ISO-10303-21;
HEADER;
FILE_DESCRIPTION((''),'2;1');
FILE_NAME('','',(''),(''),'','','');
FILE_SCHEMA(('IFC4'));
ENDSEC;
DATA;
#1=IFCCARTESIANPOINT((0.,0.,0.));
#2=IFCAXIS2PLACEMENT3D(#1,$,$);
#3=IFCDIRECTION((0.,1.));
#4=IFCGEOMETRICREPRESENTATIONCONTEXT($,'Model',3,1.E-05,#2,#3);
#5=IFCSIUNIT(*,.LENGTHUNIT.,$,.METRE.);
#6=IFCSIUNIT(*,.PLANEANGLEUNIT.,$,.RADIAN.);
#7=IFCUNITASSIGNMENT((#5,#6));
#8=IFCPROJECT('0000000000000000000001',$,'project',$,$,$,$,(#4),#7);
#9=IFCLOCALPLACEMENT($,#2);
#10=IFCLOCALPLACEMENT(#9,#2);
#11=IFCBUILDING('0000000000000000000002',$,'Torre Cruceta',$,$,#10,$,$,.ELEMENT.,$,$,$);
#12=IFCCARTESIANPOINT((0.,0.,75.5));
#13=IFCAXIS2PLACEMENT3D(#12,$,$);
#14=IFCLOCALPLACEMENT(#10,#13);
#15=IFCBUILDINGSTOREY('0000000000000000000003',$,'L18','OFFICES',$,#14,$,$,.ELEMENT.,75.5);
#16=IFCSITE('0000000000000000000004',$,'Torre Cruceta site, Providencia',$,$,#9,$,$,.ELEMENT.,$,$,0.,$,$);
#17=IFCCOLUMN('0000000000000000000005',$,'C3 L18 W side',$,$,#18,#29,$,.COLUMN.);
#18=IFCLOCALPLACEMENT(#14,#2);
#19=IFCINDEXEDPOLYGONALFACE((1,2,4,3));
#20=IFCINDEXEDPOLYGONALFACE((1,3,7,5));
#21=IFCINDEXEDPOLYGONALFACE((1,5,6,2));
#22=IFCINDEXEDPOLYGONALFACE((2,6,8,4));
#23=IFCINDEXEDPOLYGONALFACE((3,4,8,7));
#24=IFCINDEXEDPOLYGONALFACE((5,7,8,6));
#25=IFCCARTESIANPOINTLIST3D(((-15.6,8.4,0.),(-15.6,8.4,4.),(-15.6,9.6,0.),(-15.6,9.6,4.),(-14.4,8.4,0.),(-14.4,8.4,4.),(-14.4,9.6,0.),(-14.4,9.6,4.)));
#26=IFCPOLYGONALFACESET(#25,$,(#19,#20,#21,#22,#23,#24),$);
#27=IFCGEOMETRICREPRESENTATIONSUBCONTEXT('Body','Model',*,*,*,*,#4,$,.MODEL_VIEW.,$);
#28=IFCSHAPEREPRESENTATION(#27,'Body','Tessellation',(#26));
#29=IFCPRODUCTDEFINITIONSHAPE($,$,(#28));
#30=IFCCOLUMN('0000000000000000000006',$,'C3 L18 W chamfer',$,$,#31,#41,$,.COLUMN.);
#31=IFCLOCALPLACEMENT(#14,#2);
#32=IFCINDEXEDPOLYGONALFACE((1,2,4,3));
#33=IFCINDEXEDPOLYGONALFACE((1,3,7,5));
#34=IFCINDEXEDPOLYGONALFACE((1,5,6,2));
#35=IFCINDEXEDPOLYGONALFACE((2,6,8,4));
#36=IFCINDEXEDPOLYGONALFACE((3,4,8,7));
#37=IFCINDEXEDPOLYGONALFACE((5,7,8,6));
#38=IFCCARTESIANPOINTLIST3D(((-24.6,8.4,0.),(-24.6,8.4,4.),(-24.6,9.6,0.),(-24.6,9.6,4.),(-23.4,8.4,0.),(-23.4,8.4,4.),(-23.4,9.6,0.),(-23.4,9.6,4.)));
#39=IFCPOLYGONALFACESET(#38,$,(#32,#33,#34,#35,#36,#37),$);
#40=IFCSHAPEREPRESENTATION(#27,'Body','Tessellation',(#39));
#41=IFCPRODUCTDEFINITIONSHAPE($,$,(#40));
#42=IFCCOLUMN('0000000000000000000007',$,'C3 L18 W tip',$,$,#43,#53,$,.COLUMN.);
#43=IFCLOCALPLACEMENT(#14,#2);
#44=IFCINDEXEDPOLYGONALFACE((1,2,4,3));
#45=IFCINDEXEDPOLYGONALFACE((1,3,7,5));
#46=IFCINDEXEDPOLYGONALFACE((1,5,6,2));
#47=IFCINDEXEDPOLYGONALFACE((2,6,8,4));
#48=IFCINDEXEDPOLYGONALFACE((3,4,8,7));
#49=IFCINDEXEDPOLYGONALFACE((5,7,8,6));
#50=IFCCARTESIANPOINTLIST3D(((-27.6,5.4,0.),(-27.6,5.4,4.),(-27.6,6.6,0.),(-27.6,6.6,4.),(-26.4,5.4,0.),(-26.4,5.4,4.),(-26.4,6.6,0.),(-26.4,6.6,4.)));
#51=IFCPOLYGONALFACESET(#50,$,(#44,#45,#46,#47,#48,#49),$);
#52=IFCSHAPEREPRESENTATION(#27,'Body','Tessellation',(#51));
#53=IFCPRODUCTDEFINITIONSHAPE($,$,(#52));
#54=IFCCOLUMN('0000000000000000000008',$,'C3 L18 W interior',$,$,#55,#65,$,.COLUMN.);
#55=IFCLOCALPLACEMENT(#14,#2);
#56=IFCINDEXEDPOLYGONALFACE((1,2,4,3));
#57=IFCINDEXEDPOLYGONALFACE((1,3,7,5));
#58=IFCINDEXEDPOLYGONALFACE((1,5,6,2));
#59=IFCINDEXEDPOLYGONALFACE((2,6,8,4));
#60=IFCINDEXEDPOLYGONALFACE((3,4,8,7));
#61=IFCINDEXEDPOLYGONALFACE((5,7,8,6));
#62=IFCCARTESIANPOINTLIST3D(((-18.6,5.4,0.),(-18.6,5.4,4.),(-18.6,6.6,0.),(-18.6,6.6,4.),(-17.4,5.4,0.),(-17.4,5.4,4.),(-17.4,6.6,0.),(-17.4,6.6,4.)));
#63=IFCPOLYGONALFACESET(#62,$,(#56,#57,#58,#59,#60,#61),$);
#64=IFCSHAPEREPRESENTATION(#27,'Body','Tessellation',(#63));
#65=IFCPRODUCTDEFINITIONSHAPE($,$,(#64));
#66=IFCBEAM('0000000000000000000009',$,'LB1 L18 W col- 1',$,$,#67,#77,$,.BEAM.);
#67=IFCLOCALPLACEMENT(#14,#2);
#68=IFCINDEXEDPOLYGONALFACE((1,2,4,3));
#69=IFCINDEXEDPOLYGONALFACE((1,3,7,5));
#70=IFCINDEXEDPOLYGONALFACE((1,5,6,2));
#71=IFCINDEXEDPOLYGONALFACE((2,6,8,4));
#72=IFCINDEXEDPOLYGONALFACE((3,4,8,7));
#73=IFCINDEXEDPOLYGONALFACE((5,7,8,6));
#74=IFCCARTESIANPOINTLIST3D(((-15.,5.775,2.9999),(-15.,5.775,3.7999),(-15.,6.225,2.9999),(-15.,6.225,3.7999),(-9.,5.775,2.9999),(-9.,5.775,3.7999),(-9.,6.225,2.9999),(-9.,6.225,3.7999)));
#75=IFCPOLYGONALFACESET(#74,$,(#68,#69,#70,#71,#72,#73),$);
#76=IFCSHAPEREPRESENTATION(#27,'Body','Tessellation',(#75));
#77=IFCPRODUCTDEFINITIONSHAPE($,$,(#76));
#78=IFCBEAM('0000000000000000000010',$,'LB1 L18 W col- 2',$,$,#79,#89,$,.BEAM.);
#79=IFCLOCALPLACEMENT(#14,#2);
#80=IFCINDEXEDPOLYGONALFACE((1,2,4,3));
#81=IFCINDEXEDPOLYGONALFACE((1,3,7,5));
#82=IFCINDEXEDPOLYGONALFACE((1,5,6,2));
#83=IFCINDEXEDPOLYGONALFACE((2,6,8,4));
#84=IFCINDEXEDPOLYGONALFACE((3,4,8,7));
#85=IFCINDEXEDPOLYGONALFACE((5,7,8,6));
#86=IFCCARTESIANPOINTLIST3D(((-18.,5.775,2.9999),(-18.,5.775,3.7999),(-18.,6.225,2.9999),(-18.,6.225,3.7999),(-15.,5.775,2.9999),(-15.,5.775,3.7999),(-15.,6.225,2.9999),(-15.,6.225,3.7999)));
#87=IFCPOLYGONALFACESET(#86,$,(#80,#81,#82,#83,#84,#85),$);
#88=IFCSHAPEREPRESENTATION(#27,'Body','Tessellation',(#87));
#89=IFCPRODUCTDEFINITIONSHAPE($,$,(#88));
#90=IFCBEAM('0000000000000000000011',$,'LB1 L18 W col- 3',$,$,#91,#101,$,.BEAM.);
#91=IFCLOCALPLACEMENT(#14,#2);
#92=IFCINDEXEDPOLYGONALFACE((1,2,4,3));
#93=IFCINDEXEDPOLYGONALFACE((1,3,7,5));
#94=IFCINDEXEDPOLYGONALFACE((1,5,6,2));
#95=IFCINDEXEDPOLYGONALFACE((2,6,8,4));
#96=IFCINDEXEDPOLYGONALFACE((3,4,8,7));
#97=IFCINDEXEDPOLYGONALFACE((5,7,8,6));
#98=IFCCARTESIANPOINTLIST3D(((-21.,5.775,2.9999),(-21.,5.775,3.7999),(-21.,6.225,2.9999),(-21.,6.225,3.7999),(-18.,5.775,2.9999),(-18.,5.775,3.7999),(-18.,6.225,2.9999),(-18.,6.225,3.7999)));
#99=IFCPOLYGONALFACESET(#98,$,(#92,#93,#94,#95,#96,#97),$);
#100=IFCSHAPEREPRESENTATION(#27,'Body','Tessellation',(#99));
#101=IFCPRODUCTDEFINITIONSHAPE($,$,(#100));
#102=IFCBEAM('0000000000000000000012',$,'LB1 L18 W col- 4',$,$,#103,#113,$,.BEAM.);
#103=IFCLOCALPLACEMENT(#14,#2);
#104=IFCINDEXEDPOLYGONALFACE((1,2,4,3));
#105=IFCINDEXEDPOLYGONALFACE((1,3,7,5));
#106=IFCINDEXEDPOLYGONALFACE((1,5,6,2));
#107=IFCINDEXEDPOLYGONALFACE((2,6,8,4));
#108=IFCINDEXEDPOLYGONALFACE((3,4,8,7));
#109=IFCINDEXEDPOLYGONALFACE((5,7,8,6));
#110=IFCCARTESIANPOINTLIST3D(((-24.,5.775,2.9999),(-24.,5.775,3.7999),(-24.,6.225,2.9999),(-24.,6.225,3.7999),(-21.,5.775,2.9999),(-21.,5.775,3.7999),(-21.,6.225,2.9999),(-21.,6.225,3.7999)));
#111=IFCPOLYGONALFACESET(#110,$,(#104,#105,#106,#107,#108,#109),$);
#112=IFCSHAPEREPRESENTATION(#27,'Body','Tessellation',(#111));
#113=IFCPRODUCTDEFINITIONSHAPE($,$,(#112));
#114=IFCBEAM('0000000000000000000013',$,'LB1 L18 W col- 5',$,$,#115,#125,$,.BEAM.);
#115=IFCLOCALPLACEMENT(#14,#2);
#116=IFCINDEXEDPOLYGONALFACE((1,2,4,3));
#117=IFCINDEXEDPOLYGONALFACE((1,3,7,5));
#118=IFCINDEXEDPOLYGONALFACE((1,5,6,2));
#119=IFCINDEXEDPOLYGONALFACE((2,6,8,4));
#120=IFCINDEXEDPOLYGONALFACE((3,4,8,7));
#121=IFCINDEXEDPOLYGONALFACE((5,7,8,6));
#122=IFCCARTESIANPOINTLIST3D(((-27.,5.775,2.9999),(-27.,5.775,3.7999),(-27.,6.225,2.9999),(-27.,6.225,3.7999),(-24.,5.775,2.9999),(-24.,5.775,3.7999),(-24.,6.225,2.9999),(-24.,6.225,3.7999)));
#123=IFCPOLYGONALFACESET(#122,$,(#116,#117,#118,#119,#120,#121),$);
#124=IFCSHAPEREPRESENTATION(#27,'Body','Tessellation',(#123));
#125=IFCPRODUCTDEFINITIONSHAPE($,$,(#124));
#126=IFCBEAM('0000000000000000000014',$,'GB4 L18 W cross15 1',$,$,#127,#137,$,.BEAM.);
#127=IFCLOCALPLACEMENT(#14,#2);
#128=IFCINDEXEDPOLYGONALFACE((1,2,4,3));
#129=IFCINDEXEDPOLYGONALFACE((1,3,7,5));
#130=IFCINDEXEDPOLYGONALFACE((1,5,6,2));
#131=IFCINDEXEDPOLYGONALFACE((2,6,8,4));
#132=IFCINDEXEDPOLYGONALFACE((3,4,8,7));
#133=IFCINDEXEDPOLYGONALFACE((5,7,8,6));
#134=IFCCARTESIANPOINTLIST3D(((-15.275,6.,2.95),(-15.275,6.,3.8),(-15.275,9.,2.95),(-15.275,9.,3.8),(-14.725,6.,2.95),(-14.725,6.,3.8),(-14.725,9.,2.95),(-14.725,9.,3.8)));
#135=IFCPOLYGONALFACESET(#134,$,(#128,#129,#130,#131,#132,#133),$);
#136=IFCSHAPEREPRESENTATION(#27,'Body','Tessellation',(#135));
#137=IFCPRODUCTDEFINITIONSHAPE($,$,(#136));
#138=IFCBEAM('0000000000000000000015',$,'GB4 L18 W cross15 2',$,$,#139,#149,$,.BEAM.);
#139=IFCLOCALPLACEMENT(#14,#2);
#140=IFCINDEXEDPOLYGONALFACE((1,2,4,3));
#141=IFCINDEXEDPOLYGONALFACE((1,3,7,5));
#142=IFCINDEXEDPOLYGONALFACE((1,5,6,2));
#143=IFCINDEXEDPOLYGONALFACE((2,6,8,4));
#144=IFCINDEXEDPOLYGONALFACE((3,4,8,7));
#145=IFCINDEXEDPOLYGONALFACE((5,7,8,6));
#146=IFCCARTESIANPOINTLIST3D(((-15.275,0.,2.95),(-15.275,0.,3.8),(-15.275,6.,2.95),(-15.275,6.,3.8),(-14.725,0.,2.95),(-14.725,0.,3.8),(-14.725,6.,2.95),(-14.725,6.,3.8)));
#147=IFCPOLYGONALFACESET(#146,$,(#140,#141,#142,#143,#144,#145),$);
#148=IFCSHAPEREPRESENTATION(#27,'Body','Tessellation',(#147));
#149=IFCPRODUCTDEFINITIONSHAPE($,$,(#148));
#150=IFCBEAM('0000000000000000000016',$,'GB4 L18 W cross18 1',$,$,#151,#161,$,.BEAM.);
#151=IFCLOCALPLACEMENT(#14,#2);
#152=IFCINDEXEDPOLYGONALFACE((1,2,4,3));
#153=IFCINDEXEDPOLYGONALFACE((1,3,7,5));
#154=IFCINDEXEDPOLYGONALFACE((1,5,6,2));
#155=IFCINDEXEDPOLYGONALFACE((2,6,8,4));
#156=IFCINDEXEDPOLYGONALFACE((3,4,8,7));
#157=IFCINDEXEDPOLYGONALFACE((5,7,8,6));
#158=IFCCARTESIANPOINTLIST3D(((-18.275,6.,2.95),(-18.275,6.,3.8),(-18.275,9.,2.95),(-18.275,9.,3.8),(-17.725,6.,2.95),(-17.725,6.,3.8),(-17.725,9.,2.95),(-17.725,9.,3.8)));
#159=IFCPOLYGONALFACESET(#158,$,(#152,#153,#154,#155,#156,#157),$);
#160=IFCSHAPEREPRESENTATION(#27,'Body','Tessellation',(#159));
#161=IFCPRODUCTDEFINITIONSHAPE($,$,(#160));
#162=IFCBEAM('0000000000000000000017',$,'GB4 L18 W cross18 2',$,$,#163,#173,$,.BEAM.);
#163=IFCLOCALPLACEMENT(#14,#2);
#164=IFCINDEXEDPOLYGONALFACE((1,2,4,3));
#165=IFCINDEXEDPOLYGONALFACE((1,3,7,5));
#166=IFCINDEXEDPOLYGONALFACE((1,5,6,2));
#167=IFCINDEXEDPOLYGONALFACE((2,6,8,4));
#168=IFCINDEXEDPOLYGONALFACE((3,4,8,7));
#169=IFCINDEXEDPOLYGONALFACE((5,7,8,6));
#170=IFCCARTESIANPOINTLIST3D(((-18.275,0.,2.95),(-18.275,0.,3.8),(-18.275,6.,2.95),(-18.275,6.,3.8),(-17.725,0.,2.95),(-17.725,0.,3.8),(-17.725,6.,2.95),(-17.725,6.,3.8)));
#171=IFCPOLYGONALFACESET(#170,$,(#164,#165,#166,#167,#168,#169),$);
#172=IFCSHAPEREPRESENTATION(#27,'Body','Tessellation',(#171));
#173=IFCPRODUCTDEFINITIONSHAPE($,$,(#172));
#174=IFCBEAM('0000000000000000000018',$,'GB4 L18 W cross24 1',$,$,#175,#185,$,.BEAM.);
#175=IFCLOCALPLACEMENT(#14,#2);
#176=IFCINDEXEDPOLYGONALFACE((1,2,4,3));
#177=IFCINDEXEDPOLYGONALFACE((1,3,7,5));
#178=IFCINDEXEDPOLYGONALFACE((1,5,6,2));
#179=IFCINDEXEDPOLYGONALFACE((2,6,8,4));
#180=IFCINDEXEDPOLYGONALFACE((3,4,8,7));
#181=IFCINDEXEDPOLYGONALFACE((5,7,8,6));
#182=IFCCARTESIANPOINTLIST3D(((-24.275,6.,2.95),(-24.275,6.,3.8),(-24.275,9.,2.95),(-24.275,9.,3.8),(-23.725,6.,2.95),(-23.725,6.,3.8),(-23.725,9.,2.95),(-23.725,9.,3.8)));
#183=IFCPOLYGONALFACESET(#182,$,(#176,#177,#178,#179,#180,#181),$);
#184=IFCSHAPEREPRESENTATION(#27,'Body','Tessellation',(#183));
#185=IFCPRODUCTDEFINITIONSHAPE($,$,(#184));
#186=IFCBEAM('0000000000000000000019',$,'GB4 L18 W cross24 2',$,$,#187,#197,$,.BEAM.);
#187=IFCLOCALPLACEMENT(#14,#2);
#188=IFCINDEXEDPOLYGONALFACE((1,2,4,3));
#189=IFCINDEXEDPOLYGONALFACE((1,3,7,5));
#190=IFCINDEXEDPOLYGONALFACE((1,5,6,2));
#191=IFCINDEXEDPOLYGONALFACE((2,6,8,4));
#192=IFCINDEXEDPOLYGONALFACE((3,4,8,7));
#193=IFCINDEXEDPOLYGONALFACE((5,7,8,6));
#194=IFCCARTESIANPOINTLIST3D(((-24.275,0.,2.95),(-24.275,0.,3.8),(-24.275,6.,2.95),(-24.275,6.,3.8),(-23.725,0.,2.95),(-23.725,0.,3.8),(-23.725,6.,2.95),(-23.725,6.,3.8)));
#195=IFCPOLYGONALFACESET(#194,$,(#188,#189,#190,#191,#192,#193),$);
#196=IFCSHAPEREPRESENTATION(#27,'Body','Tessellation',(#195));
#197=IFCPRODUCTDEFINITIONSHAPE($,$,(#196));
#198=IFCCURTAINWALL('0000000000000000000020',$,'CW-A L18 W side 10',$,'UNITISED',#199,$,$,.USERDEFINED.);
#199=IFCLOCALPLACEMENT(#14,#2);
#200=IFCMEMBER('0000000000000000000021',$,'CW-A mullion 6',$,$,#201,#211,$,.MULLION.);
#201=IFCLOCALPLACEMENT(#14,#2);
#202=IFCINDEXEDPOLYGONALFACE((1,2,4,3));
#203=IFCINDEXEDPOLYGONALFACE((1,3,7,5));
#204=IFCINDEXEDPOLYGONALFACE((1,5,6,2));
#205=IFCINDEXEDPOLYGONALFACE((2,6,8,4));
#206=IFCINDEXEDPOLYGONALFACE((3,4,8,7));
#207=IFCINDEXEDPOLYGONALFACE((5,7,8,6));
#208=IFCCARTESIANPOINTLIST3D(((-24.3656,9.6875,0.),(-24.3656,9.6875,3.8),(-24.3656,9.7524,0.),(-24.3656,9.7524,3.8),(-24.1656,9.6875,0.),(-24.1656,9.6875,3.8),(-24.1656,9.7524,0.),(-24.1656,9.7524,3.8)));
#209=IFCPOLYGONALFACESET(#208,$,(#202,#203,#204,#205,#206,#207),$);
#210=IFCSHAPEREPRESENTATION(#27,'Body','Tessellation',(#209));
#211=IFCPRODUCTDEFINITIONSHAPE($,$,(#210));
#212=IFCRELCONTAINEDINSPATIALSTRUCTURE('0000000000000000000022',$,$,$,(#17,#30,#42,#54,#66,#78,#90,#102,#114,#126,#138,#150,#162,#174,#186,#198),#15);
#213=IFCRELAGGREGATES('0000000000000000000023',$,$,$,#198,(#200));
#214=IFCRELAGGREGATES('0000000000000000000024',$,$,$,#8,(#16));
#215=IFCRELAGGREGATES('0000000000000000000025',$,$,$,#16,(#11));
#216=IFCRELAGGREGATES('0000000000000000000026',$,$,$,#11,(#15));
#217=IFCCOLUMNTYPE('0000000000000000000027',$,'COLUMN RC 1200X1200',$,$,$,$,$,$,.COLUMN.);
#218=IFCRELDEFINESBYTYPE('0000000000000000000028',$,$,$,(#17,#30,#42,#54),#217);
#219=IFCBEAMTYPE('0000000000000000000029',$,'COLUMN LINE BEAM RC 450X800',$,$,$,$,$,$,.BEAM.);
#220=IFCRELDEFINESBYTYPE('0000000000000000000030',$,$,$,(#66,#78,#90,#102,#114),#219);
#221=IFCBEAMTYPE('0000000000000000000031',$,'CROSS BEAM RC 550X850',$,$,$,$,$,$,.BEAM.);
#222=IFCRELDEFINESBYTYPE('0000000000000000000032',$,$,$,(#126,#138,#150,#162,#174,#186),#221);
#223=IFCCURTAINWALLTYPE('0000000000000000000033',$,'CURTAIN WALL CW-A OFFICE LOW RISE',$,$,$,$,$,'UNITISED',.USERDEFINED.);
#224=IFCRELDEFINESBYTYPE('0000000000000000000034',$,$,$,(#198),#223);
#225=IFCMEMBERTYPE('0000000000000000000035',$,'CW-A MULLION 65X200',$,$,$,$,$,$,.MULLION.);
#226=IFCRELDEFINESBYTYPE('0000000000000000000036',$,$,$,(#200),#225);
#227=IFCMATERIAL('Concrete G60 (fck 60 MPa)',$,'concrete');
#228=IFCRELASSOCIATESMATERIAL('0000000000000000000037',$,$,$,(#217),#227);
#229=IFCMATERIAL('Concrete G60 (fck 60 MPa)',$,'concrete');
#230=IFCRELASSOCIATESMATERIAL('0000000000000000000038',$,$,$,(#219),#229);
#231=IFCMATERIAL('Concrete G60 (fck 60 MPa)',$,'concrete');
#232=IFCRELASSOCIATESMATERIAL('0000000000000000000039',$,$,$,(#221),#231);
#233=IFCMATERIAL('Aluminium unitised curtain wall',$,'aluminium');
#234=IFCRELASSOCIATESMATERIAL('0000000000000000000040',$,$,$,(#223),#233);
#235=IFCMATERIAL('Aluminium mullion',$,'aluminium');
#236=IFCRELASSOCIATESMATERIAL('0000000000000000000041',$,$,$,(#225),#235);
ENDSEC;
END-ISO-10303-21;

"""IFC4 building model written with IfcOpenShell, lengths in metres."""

from ifc_helpers import new_model, si_unit, direction, frame, origin, origin_2d, place, context, subcontext, project, spatial, rectangle, extrude, material, material_profile, profile_set, type_object, element, aggregate, save


model = new_model("IFC4")

# Units and contexts
model_context = context("Model", 3, precision=1e-05, world=origin(), true_north=direction((0.0, 1.0)))
body_context = subcontext(model_context, "Body", "Model", "MODEL_VIEW")
ifc_project = project(units=[si_unit("LENGTHUNIT", "METRE"), si_unit("PLANEANGLEUNIT", "RADIAN")], contexts=[model_context])

# Site, building, storey
site_placement = place(None, origin())
site = spatial("IfcSite", under=ifc_project, at=site_placement, Name="Torre Cruceta site, Providencia", CompositionType="ELEMENT", RefElevation=0.0)
building_placement = place(site_placement, origin())
building = spatial("IfcBuilding", under=site, at=building_placement, Name="Torre Cruceta", CompositionType="ELEMENT")
storey_placement = place(building_placement, frame((0.0, 0.0, 75.5)))
storey = spatial("IfcBuildingStorey", under=building, at=storey_placement, Name="L18", Description="OFFICES", CompositionType="ELEMENT", Elevation=75.5)

# Columns
ifc_material_1 = material(Name="Concrete G60 (fck 60 MPa)", Category="concrete")
ifc_material_profile_1 = material_profile(ifc_material_1, rectangle(XDim=1.2, YDim=1.2, at=origin_2d()), Name="RC 1200X1200")
ifc_profile_set_1 = profile_set([ifc_material_profile_1], Name="Concrete G60 (fck 60 MPa)")
column_type = type_object("IfcColumnType", Name="COLUMN RC 1200X1200", PredefinedType="COLUMN", material=ifc_profile_set_1)
for number, where, z_axis, x_axis, name in (
    (1, (-15.0, 9.0, 0.0), (0.0, 0.0, 1.0), (1.0, 0.0, 0.0), "C3 L18 W side"),
    (2, (-24.0, 9.0, 0.0), (0.0, 0.0, 1.0), (1.0, 0.0, 0.0), "C3 L18 W chamfer"),
    (3, (-27.0, 6.0, 0.0), (0.0, 0.0, 1.0), (1.0, 0.0, 0.0), "C3 L18 W tip"),
    (4, (-18.0, 6.0, 0.0), (0.0, 0.0, 1.0), (1.0, 0.0, 0.0), "C3 L18 W interior"),
):
    element("IfcColumn", number, at=place(storey_placement, frame(where, z_axis=z_axis, x_axis=x_axis)), inside=storey, type_object=column_type, Name=name, PredefinedType="COLUMN", context=body_context, shape_type="SweptSolid", body=[
        extrude(rectangle(XDim=1.2, YDim=1.2, at=origin_2d()), origin(), (0.0, 0.0, 1.0), 4.0),
    ])

# Beams
ifc_material_2 = material(Name="Concrete G60 (fck 60 MPa)", Category="concrete")
ifc_material_profile_2 = material_profile(ifc_material_2, rectangle(XDim=0.45, YDim=0.8, at=origin_2d()), Name="RC 450X800")
ifc_profile_set_2 = profile_set([ifc_material_profile_2], Name="Concrete G60 (fck 60 MPa)")
beam_type_1 = type_object("IfcBeamType", Name="COLUMN LINE BEAM RC 450X800", PredefinedType="BEAM", material=ifc_profile_set_2)
beam_1_placement = place(storey_placement, frame((-9.0, 6.0, 3.3999), z_axis=(-1.0, 0.0, 0.0), x_axis=(0.0, -1.0, 0.0)))
element("IfcBeam", 5, at=beam_1_placement, inside=storey, type_object=beam_type_1, Name="LB1 L18 W col- 1", PredefinedType="BEAM", context=body_context, shape_type="SweptSolid", body=[
    extrude(rectangle(XDim=0.45, YDim=0.8, at=origin_2d()), origin(), (0.0, 0.0, 1.0), 6.0),
])
for number, where, z_axis, x_axis, name in (
    (6, (-15.0, 6.0, 3.3999), (-1.0, 0.0, 0.0), (0.0, -1.0, 0.0), "LB1 L18 W col- 2"),
    (7, (-18.0, 6.0, 3.3999), (-1.0, 0.0, 0.0), (0.0, -1.0, 0.0), "LB1 L18 W col- 3"),
    (8, (-21.0, 6.0, 3.3999), (-1.0, 0.0, 0.0), (0.0, -1.0, 0.0), "LB1 L18 W col- 4"),
    (9, (-24.0, 6.0, 3.3999), (-1.0, 0.0, 0.0), (0.0, -1.0, 0.0), "LB1 L18 W col- 5"),
):
    element("IfcBeam", number, at=place(storey_placement, frame(where, z_axis=z_axis, x_axis=x_axis)), inside=storey, type_object=beam_type_1, Name=name, PredefinedType="BEAM", context=body_context, shape_type="SweptSolid", body=[
        extrude(rectangle(XDim=0.45, YDim=0.8, at=origin_2d()), origin(), (0.0, 0.0, 1.0), 3.0),
    ])
ifc_material_3 = material(Name="Concrete G60 (fck 60 MPa)", Category="concrete")
ifc_material_profile_3 = material_profile(ifc_material_3, rectangle(XDim=0.55, YDim=0.8501, at=origin_2d()), Name="RC 550X850")
ifc_profile_set_3 = profile_set([ifc_material_profile_3], Name="Concrete G60 (fck 60 MPa)")
beam_type_2 = type_object("IfcBeamType", Name="CROSS BEAM RC 550X850", PredefinedType="BEAM", material=ifc_profile_set_3)
beam_2_placement = place(storey_placement, frame((-15.0, 9.0, 3.375), z_axis=(0.0, -1.0, 0.0), x_axis=(1.0, 0.0, 0.0)))
element("IfcBeam", 10, at=beam_2_placement, inside=storey, type_object=beam_type_2, Name="GB4 L18 W cross15 1", PredefinedType="BEAM", context=body_context, shape_type="SweptSolid", body=[
    extrude(rectangle(XDim=0.55, YDim=0.8501, at=origin_2d()), origin(), (0.0, 0.0, 1.0), 3.0),
])
beam_3_placement = place(storey_placement, frame((-15.0, 6.0, 3.375), z_axis=(0.0, -1.0, 0.0), x_axis=(1.0, 0.0, 0.0)))
element("IfcBeam", 11, at=beam_3_placement, inside=storey, type_object=beam_type_2, Name="GB4 L18 W cross15 2", PredefinedType="BEAM", context=body_context, shape_type="SweptSolid", body=[
    extrude(rectangle(XDim=0.55, YDim=0.8501, at=origin_2d()), origin(), (0.0, 0.0, 1.0), 6.0),
])
beam_4_placement = place(storey_placement, frame((-18.0, 9.0, 3.375), z_axis=(0.0, -1.0, 0.0), x_axis=(1.0, 0.0, 0.0)))
element("IfcBeam", 12, at=beam_4_placement, inside=storey, type_object=beam_type_2, Name="GB4 L18 W cross18 1", PredefinedType="BEAM", context=body_context, shape_type="SweptSolid", body=[
    extrude(rectangle(XDim=0.55, YDim=0.8501, at=origin_2d()), origin(), (0.0, 0.0, 1.0), 3.0),
])
beam_5_placement = place(storey_placement, frame((-18.0, 6.0, 3.375), z_axis=(0.0, -1.0, 0.0), x_axis=(1.0, 0.0, 0.0)))
element("IfcBeam", 13, at=beam_5_placement, inside=storey, type_object=beam_type_2, Name="GB4 L18 W cross18 2", PredefinedType="BEAM", context=body_context, shape_type="SweptSolid", body=[
    extrude(rectangle(XDim=0.55, YDim=0.8501, at=origin_2d()), origin(), (0.0, 0.0, 1.0), 6.0),
])
beam_6_placement = place(storey_placement, frame((-24.0, 9.0, 3.375), z_axis=(0.0, -1.0, 0.0), x_axis=(1.0, 0.0, 0.0)))
element("IfcBeam", 14, at=beam_6_placement, inside=storey, type_object=beam_type_2, Name="GB4 L18 W cross24 1", PredefinedType="BEAM", context=body_context, shape_type="SweptSolid", body=[
    extrude(rectangle(XDim=0.55, YDim=0.8501, at=origin_2d()), origin(), (0.0, 0.0, 1.0), 3.0),
])
beam_7_placement = place(storey_placement, frame((-24.0, 6.0, 3.375), z_axis=(0.0, -1.0, 0.0), x_axis=(1.0, 0.0, 0.0)))
element("IfcBeam", 15, at=beam_7_placement, inside=storey, type_object=beam_type_2, Name="GB4 L18 W cross24 2", PredefinedType="BEAM", context=body_context, shape_type="SweptSolid", body=[
    extrude(rectangle(XDim=0.55, YDim=0.8501, at=origin_2d()), origin(), (0.0, 0.0, 1.0), 6.0),
])

# Curtain wall, member
ifc_material_4 = material(Name="Aluminium unitised curtain wall", Category="aluminium")
curtain_wall_type = type_object("IfcCurtainWallType", Name="CURTAIN WALL CW-A OFFICE LOW RISE", ElementType="UNITISED", PredefinedType="USERDEFINED", material=ifc_material_4)
curtain_wall_placement = place(storey_placement, origin())
curtain_wall = element("IfcCurtainWall", 16, at=curtain_wall_placement, inside=storey, type_object=curtain_wall_type, Name="CW-A L18 W side 10", ObjectType="UNITISED", PredefinedType="USERDEFINED")
ifc_material_5 = material(Name="Aluminium mullion", Category="aluminium")
ifc_material_profile_4 = material_profile(ifc_material_5, rectangle(XDim=0.0649, YDim=0.2, at=origin_2d()), Name="AL 65X200")
ifc_profile_set_4 = profile_set([ifc_material_profile_4], Name="Aluminium mullion")
member_type = type_object("IfcMemberType", Name="CW-A MULLION 65X200", PredefinedType="MULLION", material=ifc_profile_set_4)
member_placement = place(storey_placement, frame((-24.2656, 9.72, 0.0), z_axis=(0.0, 0.0, 1.0), x_axis=(0.0, -1.0, 0.0)))
member = element("IfcMember", 17, at=member_placement, type_object=member_type, Name="CW-A mullion 6", PredefinedType="MULLION", context=body_context, shape_type="SweptSolid", body=[
    extrude(rectangle(XDim=0.0649, YDim=0.2, at=origin_2d()), origin(), (0.0, 0.0, 1.0), 3.8),
])
aggregate(curtain_wall, [member])

save(model, "model.ifc")
